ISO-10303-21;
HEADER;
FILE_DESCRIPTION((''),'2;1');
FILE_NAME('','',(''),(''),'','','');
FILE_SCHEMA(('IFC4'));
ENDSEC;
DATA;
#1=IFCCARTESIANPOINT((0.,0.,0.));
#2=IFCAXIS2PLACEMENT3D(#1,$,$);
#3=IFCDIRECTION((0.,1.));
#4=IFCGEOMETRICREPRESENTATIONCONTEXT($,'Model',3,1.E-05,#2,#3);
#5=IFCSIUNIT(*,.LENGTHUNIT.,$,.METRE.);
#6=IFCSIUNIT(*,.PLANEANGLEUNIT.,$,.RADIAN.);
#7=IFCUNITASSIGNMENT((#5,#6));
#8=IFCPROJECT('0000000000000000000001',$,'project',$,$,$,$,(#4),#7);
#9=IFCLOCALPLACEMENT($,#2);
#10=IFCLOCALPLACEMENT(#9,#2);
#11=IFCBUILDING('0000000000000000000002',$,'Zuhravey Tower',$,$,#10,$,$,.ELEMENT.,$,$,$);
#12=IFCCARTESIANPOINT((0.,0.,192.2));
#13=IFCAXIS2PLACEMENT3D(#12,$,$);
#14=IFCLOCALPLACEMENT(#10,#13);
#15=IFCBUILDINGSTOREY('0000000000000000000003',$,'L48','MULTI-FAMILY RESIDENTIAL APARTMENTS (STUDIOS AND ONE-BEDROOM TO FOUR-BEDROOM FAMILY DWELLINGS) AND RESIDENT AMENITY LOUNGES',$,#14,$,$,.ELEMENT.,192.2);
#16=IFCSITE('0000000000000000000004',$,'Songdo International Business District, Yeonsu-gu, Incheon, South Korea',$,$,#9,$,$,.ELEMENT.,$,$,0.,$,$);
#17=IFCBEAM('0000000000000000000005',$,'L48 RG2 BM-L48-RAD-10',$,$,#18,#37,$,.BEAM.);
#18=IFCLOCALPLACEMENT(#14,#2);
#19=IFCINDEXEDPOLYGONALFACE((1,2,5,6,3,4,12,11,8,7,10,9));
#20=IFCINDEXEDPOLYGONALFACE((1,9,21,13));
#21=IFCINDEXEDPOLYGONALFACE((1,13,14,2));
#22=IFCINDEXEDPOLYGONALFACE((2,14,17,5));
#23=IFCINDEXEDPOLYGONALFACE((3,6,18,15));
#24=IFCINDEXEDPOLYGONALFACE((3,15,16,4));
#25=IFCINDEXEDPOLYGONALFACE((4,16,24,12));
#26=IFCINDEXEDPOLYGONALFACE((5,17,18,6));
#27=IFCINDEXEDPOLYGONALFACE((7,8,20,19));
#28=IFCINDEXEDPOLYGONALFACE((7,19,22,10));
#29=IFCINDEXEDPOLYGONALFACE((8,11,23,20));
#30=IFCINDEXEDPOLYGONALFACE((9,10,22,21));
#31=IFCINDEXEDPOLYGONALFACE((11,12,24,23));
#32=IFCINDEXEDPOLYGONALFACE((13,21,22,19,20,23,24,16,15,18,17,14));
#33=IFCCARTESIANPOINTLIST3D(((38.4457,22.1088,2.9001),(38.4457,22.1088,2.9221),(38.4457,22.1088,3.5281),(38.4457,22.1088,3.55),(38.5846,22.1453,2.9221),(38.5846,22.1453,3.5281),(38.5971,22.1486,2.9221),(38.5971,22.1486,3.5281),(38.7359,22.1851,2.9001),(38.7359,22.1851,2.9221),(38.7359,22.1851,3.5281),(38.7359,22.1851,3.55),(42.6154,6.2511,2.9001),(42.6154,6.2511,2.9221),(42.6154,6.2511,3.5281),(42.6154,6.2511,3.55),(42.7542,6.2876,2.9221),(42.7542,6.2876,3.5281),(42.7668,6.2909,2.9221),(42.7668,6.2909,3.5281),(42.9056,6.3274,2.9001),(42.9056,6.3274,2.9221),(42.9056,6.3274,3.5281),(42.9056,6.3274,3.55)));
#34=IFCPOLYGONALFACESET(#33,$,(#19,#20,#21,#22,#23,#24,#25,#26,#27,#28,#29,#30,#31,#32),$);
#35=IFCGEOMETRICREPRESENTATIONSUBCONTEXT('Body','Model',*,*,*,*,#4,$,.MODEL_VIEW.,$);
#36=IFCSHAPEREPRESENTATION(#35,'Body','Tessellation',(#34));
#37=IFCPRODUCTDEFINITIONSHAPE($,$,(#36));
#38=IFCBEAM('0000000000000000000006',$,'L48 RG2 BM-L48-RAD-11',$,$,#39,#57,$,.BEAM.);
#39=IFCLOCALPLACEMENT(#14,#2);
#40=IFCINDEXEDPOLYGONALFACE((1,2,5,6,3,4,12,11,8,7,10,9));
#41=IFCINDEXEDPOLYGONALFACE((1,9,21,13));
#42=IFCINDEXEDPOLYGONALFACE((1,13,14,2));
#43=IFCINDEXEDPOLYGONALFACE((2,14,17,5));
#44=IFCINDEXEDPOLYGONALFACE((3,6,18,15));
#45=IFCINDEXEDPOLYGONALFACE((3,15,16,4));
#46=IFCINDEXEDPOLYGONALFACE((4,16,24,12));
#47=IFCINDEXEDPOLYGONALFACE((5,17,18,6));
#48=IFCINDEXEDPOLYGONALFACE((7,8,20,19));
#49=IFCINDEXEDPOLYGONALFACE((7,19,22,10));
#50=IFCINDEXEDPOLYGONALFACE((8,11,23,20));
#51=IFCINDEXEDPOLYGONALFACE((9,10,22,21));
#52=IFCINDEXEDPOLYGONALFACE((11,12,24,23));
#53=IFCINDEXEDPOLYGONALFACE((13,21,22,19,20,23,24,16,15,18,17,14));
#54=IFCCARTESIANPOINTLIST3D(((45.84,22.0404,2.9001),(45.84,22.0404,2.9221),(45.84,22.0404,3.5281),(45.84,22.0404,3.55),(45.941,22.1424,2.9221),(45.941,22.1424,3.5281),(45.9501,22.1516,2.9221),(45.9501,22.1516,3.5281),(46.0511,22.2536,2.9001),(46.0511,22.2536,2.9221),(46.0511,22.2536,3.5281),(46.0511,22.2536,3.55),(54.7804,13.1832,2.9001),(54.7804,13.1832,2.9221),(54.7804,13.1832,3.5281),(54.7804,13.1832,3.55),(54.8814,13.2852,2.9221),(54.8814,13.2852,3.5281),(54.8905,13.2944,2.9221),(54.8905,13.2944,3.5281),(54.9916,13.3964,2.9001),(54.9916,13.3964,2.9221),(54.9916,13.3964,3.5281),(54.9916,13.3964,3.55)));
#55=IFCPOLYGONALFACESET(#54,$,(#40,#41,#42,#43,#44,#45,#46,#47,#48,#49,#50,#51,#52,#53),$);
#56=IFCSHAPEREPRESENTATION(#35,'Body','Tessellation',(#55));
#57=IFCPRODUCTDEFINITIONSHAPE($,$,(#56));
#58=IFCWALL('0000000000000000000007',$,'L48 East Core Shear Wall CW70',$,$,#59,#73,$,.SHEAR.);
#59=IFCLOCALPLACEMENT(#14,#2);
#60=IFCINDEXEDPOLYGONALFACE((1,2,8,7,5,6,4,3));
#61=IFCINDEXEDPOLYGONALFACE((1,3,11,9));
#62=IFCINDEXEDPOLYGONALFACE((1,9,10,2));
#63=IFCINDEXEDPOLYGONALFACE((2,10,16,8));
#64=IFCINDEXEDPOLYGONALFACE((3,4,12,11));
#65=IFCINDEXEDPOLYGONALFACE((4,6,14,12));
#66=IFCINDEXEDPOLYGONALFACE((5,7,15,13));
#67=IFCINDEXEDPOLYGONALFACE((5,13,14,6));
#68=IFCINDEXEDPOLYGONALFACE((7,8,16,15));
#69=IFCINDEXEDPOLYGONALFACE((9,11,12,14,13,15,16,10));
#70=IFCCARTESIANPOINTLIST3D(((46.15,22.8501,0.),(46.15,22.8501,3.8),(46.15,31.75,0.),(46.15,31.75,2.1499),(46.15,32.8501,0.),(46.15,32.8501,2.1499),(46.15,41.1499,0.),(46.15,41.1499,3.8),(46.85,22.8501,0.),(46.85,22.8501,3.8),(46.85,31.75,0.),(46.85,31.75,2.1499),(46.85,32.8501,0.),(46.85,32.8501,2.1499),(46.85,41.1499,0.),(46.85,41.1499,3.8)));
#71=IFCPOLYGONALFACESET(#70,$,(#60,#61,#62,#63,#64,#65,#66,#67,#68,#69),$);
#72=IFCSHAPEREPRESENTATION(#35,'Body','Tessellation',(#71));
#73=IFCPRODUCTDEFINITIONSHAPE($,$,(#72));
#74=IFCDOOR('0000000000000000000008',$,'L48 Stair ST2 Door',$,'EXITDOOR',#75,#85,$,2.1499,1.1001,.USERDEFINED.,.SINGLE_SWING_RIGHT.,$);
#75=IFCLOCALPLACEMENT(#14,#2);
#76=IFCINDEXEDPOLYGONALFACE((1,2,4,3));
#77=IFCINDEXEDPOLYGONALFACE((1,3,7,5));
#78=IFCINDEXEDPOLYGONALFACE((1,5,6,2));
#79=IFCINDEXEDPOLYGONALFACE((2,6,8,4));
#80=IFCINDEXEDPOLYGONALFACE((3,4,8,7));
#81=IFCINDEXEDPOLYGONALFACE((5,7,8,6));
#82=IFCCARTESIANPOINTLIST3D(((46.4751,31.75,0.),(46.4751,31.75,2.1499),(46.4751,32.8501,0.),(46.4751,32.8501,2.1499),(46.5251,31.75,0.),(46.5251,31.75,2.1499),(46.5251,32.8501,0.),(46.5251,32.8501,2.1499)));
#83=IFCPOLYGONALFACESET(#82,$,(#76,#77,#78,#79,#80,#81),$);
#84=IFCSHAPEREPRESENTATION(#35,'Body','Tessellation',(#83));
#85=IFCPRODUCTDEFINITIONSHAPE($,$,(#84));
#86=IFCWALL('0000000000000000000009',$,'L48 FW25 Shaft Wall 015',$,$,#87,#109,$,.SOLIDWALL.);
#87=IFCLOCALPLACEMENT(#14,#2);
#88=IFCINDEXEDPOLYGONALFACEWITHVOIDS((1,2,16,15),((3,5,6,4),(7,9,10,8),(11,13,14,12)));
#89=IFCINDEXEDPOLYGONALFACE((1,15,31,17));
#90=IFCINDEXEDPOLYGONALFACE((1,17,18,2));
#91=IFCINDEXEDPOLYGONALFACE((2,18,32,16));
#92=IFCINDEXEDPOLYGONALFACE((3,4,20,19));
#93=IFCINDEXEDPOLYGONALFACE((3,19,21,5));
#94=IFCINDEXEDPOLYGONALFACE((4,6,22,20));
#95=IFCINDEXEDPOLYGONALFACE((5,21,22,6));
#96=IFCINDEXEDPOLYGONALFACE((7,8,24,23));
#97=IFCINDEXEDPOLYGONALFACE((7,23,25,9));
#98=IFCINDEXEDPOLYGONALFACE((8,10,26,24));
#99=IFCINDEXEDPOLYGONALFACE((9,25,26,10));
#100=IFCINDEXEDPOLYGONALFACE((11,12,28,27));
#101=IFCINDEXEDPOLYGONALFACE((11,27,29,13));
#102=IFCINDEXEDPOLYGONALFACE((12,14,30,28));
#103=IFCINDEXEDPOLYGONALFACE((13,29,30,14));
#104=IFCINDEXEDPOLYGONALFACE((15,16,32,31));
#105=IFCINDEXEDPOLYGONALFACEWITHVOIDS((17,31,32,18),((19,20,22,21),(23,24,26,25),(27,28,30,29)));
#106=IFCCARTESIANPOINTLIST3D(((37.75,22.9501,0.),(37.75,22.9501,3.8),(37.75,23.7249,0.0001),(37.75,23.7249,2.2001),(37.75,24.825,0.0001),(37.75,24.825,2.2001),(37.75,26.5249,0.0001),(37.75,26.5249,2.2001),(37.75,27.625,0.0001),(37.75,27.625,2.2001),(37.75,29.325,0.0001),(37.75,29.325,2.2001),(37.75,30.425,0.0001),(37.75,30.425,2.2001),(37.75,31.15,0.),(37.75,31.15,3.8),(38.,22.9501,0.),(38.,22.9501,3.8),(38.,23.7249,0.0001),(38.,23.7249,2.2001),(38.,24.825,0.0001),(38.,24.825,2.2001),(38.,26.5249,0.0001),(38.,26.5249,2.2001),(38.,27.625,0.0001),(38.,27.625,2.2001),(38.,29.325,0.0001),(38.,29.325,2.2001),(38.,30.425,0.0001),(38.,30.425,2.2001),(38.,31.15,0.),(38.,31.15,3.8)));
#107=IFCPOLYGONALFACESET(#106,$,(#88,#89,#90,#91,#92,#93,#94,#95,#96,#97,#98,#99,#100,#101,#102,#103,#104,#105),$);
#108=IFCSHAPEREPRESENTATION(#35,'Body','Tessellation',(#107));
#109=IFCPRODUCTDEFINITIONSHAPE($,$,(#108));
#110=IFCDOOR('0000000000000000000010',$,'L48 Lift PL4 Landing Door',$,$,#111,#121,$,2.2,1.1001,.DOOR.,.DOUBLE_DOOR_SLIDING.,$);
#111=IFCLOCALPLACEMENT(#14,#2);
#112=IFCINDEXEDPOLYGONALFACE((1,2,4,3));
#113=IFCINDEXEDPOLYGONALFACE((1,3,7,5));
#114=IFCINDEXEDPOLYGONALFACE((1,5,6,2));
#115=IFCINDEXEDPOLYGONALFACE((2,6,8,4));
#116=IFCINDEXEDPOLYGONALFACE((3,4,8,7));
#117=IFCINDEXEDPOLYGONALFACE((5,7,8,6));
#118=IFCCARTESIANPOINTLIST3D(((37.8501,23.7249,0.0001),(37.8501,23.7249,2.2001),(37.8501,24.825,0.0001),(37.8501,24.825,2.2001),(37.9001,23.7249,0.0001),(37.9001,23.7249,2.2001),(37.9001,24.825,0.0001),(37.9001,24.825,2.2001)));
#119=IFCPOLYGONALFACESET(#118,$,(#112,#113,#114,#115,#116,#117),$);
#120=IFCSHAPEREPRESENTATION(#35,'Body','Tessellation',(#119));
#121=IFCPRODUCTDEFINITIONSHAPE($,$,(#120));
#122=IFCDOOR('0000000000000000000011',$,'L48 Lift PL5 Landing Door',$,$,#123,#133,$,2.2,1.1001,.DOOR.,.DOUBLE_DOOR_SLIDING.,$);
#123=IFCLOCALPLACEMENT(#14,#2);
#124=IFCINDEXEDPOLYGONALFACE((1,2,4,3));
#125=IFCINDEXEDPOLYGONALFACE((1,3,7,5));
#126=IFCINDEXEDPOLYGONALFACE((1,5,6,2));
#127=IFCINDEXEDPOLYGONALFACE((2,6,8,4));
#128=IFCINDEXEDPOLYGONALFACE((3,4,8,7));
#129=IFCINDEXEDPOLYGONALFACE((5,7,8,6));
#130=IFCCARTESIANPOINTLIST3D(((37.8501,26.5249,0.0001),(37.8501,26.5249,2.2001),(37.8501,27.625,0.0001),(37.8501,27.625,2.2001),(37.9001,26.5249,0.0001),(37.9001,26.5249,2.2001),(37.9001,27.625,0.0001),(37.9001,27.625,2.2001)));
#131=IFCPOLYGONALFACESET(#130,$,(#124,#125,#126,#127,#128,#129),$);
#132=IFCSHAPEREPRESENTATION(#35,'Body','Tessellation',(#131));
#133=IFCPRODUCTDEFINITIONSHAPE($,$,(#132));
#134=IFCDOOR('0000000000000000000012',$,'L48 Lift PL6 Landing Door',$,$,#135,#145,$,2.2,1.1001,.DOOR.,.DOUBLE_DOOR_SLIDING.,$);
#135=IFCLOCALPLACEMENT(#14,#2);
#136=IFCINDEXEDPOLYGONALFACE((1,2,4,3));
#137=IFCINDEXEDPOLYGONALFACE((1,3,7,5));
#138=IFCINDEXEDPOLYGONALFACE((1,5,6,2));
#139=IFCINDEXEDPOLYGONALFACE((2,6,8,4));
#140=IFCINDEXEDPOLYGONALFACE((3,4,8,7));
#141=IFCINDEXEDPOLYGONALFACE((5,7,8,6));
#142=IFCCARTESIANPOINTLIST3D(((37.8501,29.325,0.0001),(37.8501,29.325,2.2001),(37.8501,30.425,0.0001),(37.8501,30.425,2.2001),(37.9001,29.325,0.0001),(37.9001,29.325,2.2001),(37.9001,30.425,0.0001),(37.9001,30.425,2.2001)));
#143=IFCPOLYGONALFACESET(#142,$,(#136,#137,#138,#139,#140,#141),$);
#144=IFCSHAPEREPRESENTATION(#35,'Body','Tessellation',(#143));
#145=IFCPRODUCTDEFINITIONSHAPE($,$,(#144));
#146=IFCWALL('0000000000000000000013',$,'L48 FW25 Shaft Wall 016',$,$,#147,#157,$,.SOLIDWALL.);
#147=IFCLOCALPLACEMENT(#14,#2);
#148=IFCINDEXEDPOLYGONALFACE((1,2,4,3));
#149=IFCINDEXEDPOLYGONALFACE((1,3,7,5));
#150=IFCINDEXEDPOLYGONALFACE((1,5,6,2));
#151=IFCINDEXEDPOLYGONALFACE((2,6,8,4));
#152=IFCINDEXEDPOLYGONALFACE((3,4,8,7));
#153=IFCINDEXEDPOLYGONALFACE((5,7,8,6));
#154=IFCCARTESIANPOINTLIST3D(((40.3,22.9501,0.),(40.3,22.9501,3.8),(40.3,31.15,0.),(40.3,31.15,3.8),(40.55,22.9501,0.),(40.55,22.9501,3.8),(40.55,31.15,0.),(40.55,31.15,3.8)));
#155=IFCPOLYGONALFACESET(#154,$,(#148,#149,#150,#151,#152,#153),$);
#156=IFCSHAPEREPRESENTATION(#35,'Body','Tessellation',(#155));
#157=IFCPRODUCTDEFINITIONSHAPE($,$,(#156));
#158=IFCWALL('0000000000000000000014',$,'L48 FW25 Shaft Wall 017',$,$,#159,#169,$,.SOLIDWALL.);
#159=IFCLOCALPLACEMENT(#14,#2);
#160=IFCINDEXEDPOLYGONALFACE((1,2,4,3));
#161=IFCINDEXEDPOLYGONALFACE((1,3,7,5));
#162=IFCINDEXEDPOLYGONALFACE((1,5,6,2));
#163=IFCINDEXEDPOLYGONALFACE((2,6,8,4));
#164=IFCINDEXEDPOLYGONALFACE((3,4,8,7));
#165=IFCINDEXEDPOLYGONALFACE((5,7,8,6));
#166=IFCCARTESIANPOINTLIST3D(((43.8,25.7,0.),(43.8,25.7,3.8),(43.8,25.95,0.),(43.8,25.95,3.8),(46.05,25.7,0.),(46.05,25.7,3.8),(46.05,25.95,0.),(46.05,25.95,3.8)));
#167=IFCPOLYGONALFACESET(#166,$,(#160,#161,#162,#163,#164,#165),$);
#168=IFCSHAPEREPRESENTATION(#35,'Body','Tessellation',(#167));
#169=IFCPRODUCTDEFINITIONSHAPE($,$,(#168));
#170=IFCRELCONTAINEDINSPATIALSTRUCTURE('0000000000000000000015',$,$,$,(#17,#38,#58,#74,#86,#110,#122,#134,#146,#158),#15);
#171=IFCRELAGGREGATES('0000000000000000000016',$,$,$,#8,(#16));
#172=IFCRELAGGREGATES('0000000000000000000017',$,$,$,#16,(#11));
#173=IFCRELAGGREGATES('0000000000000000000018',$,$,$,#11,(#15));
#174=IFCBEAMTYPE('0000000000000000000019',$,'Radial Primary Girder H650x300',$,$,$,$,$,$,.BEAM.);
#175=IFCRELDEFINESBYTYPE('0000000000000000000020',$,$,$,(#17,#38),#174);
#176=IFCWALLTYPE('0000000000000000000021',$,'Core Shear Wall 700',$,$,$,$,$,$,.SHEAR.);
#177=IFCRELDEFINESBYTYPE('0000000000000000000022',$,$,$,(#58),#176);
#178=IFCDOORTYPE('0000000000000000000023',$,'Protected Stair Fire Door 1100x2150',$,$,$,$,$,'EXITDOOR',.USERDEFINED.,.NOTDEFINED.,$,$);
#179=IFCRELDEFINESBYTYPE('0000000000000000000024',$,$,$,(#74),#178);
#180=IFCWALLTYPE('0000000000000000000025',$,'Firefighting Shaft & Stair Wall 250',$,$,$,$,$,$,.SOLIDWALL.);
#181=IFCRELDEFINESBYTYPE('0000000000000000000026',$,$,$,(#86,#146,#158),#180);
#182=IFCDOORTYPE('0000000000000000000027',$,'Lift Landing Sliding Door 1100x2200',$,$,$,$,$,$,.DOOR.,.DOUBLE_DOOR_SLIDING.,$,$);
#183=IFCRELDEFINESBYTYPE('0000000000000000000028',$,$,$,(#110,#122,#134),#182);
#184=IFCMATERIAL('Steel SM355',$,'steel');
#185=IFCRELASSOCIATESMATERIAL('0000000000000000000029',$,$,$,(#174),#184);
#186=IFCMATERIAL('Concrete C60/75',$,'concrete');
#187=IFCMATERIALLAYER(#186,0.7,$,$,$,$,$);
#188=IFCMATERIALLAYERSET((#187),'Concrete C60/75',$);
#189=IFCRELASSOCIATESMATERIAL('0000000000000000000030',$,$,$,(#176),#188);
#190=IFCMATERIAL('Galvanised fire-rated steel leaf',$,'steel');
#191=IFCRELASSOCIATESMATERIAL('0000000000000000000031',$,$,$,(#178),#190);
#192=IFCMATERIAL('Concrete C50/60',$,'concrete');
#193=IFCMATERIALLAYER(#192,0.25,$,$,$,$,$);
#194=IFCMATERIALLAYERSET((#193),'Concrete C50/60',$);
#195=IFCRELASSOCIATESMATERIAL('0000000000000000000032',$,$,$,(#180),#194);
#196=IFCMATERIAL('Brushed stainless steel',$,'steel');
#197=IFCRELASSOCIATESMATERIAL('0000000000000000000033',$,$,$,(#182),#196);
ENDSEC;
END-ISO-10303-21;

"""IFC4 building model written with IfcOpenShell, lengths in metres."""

from ifc_helpers import new_model, si_unit, direction, frame, frame_2d, origin, origin_2d, place, context, subcontext, project, spatial, rectangle, i_section, extrude, material, layer, layer_set, material_profile, profile_set, type_object, element, fill, save


model = new_model("IFC4")

# Units and contexts
model_context = context("Model", 3, precision=1e-05, world=origin(), true_north=direction((0.0, 1.0)))
body_context = subcontext(model_context, "Body", "Model", "MODEL_VIEW")
ifc_project = project(units=[si_unit("LENGTHUNIT", "METRE"), si_unit("PLANEANGLEUNIT", "RADIAN")], contexts=[model_context])

# Site, building, storey
site_placement = place(None, origin())
site = spatial("IfcSite", under=ifc_project, at=site_placement, Name="Songdo International Business District, Yeonsu-gu, Incheon, South Korea", CompositionType="ELEMENT", RefElevation=0.0)
building_placement = place(site_placement, origin())
building = spatial("IfcBuilding", under=site, at=building_placement, Name="Zuhravey Tower", CompositionType="ELEMENT")
storey_placement = place(building_placement, frame((0.0, 0.0, 192.2)))
storey = spatial("IfcBuildingStorey", under=building, at=storey_placement, Name="L48", Description="MULTI-FAMILY RESIDENTIAL APARTMENTS (STUDIOS AND ONE-BEDROOM TO FOUR-BEDROOM FAMILY DWELLINGS) AND RESIDENT AMENITY LOUNGES", CompositionType="ELEMENT", Elevation=192.2)

# Beams
ifc_material_1 = material(Name="Steel SM355", Category="steel")
ifc_material_profile = material_profile(ifc_material_1, i_section(OverallWidth=0.3, OverallDepth=0.6499, WebThickness=0.0129, FlangeThickness=0.022, at=origin_2d()), Name="H-650x300x13x22")
ifc_profile_set = profile_set([ifc_material_profile], Name="Steel SM355")
beam_type = type_object("IfcBeamType", Name="Radial Primary Girder H650x300", PredefinedType="BEAM", material=ifc_profile_set)
beam_1_placement = place(storey_placement, frame((38.5908, 22.147, 3.2251), z_axis=(0.2543, -0.967125, 0.0), x_axis=(0.967125, 0.2543, 0.0)))
element("IfcBeam", 1, at=beam_1_placement, inside=storey, type_object=beam_type, Name="L48 RG2 BM-L48-RAD-10", PredefinedType="BEAM", context=body_context, shape_type="SweptSolid", body=[
    extrude(i_section(OverallWidth=0.3, OverallDepth=0.6499, WebThickness=0.0129, FlangeThickness=0.022, at=origin_2d()), origin(), (0.0, 0.0, 1.0), 16.3967),
])
beam_2_placement = place(storey_placement, frame((45.9456, 22.147, 3.2251), z_axis=(0.710407, -0.703791, 0.0), x_axis=(0.703791, 0.710407, 0.0)))
element("IfcBeam", 2, at=beam_2_placement, inside=storey, type_object=beam_type, Name="L48 RG2 BM-L48-RAD-11", PredefinedType="BEAM", context=body_context, shape_type="SweptSolid", body=[
    extrude(i_section(OverallWidth=0.3, OverallDepth=0.6499, WebThickness=0.0129, FlangeThickness=0.022, at=origin_2d()), origin(), (0.0, 0.0, 1.0), 12.585),
])

# Wall, opening, door
ifc_material_2 = material(Name="Concrete C60/75", Category="concrete")
ifc_layer_1 = layer(ifc_material_2, 0.7)
ifc_layer_set_1 = layer_set([ifc_layer_1], Name="Concrete C60/75")
wall_type_1 = type_object("IfcWallType", Name="Core Shear Wall 700", PredefinedType="SHEAR", material=ifc_layer_set_1)
ifc_material_3 = material(Name="Galvanised fire-rated steel leaf", Category="steel")
wall_1_placement = place(storey_placement, frame((46.5, 22.8501, 0.0), z_axis=(0.0, 0.0, 1.0), x_axis=(0.0, 1.0, 0.0)))
wall_1 = element("IfcWall", 3, at=wall_1_placement, inside=storey, type_object=wall_type_1, Name="L48 East Core Shear Wall CW70", PredefinedType="SHEAR", context=body_context, shape_type="SweptSolid", body=[
    extrude(rectangle(XDim=18.2998, YDim=0.7, at=frame_2d((9.1499, 0.0))), origin(), (0.0, 0.0, 1.0), 3.8),
])
opening_1_placement = place(wall_1_placement, frame((8.8999, 0.0, 0.0)))
opening_1 = element("IfcOpeningElement", 4, at=opening_1_placement, cuts=wall_1, PredefinedType="OPENING", context=body_context, shape_type="SweptSolid", body=[
    extrude(rectangle(XDim=1.1001, YDim=2.1499, at=frame_2d((0.55, 1.075))), frame((0.0, 0.3621, 0.0), z_axis=(0.0, -1.0, 0.0), x_axis=(1.0, 0.0, 0.0)), (0.0, 0.0, 1.0), 0.7239),
])
door_type_1 = type_object("IfcDoorType", Name="Protected Stair Fire Door 1100x2150", ElementType="EXITDOOR", OperationType="NOTDEFINED", PredefinedType="USERDEFINED", material=ifc_material_3)
door_1_placement = place(opening_1_placement, origin())
door_1 = element("IfcDoor", 5, at=door_1_placement, inside=storey, type_object=door_type_1, Name="L48 Stair ST2 Door", ObjectType="EXITDOOR", OperationType="SINGLE_SWING_RIGHT", OverallHeight=2.1499, OverallWidth=1.1001, PredefinedType="USERDEFINED", context=body_context, shape_type="SweptSolid", body=[
    extrude(rectangle(XDim=1.1001, YDim=2.1499, at=frame_2d((0.55, 1.075))), frame((0.0, 0.0249, 0.0), z_axis=(0.0, -1.0, 0.0), x_axis=(1.0, 0.0, 0.0)), (0.0, 0.0, 1.0), 0.05),
])
fill(opening_1, door_1)

# Wall, openings, doors
ifc_material_4 = material(Name="Concrete C50/60", Category="concrete")
ifc_layer_2 = layer(ifc_material_4, 0.25)
ifc_layer_set_2 = layer_set([ifc_layer_2], Name="Concrete C50/60")
wall_type_2 = type_object("IfcWallType", Name="Firefighting Shaft & Stair Wall 250", PredefinedType="SOLIDWALL", material=ifc_layer_set_2)
wall_2_placement = place(storey_placement, frame((37.875, 22.95, 0.0), z_axis=(0.0, 0.0, 1.0), x_axis=(0.0, 1.0, 0.0)))
wall_2 = element("IfcWall", 6, at=wall_2_placement, inside=storey, type_object=wall_type_2, Name="L48 FW25 Shaft Wall 015", PredefinedType="SOLIDWALL", context=body_context, shape_type="SweptSolid", body=[
    extrude(rectangle(XDim=8.2, YDim=0.25, at=frame_2d((4.1001, 0.0))), origin(), (0.0, 0.0, 1.0), 3.8),
])
opening_2_placement = place(wall_2_placement, frame((0.7749, 0.0, 0.0)))
opening_2 = element("IfcOpeningElement", 7, at=opening_2_placement, cuts=wall_2, PredefinedType="OPENING", context=body_context, shape_type="SweptSolid", body=[
    extrude(rectangle(XDim=1.1001, YDim=2.2, at=frame_2d((0.55, 1.1001))), frame((0.0, 0.137, 0.0), z_axis=(0.0, -1.0, 0.0), x_axis=(1.0, 0.0, 0.0)), (0.0, 0.0, 1.0), 0.2739),
])
opening_3_placement = place(wall_2_placement, frame((3.575, 0.0, 0.0)))
opening_3 = element("IfcOpeningElement", 8, at=opening_3_placement, cuts=wall_2, PredefinedType="OPENING", context=body_context, shape_type="SweptSolid", body=[
    extrude(rectangle(XDim=1.1001, YDim=2.2, at=frame_2d((0.55, 1.1001))), frame((0.0, 0.137, 0.0), z_axis=(0.0, -1.0, 0.0), x_axis=(1.0, 0.0, 0.0)), (0.0, 0.0, 1.0), 0.2739),
])
opening_4_placement = place(wall_2_placement, frame((6.375, 0.0, 0.0)))
opening_4 = element("IfcOpeningElement", 9, at=opening_4_placement, cuts=wall_2, PredefinedType="OPENING", context=body_context, shape_type="SweptSolid", body=[
    extrude(rectangle(XDim=1.1001, YDim=2.2, at=frame_2d((0.55, 1.1001))), frame((0.0, 0.137, 0.0), z_axis=(0.0, -1.0, 0.0), x_axis=(1.0, 0.0, 0.0)), (0.0, 0.0, 1.0), 0.2739),
])
ifc_material_5 = material(Name="Brushed stainless steel", Category="steel")
door_type_2 = type_object("IfcDoorType", Name="Lift Landing Sliding Door 1100x2200", OperationType="DOUBLE_DOOR_SLIDING", PredefinedType="DOOR", material=ifc_material_5)
door_2_placement = place(opening_2_placement, origin())
door_2 = element("IfcDoor", 10, at=door_2_placement, inside=storey, type_object=door_type_2, Name="L48 Lift PL4 Landing Door", OperationType="DOUBLE_DOOR_SLIDING", OverallHeight=2.2, OverallWidth=1.1001, PredefinedType="DOOR", context=body_context, shape_type="SweptSolid", body=[
    extrude(rectangle(XDim=1.1001, YDim=2.2, at=frame_2d((0.55, 1.1001))), frame((0.0, 0.0249, 0.0), z_axis=(0.0, -1.0, 0.0), x_axis=(1.0, 0.0, 0.0)), (0.0, 0.0, 1.0), 0.05),
])
fill(opening_2, door_2)
door_3_placement = place(opening_3_placement, origin())
door_3 = element("IfcDoor", 11, at=door_3_placement, inside=storey, type_object=door_type_2, Name="L48 Lift PL5 Landing Door", OperationType="DOUBLE_DOOR_SLIDING", OverallHeight=2.2, OverallWidth=1.1001, PredefinedType="DOOR", context=body_context, shape_type="SweptSolid", body=[
    extrude(rectangle(XDim=1.1001, YDim=2.2, at=frame_2d((0.55, 1.1001))), frame((0.0, 0.0249, 0.0), z_axis=(0.0, -1.0, 0.0), x_axis=(1.0, 0.0, 0.0)), (0.0, 0.0, 1.0), 0.05),
])
fill(opening_3, door_3)
door_4_placement = place(opening_4_placement, origin())
door_4 = element("IfcDoor", 12, at=door_4_placement, inside=storey, type_object=door_type_2, Name="L48 Lift PL6 Landing Door", OperationType="DOUBLE_DOOR_SLIDING", OverallHeight=2.2, OverallWidth=1.1001, PredefinedType="DOOR", context=body_context, shape_type="SweptSolid", body=[
    extrude(rectangle(XDim=1.1001, YDim=2.2, at=frame_2d((0.55, 1.1001))), frame((0.0, 0.0249, 0.0), z_axis=(0.0, -1.0, 0.0), x_axis=(1.0, 0.0, 0.0)), (0.0, 0.0, 1.0), 0.05),
])
fill(opening_4, door_4)

# Walls
wall_3_placement = place(storey_placement, frame((40.425, 22.95, 0.0), z_axis=(0.0, 0.0, 1.0), x_axis=(0.0, 1.0, 0.0)))
element("IfcWall", 13, at=wall_3_placement, inside=storey, type_object=wall_type_2, Name="L48 FW25 Shaft Wall 016", PredefinedType="SOLIDWALL", context=body_context, shape_type="SweptSolid", body=[
    extrude(rectangle(XDim=8.2, YDim=0.25, at=frame_2d((4.1001, 0.0))), origin(), (0.0, 0.0, 1.0), 3.8),
])
wall_4_placement = place(storey_placement, frame((43.8, 25.825, 0.0), z_axis=(0.0, 0.0, 1.0), x_axis=(1.0, 0.0, 0.0)))
element("IfcWall", 14, at=wall_4_placement, inside=storey, type_object=wall_type_2, Name="L48 FW25 Shaft Wall 017", PredefinedType="SOLIDWALL", context=body_context, shape_type="SweptSolid", body=[
    extrude(rectangle(XDim=2.25, YDim=0.25, at=frame_2d((1.125, 0.0))), origin(), (0.0, 0.0, 1.0), 3.8),
])

save(model, "model.ifc")
